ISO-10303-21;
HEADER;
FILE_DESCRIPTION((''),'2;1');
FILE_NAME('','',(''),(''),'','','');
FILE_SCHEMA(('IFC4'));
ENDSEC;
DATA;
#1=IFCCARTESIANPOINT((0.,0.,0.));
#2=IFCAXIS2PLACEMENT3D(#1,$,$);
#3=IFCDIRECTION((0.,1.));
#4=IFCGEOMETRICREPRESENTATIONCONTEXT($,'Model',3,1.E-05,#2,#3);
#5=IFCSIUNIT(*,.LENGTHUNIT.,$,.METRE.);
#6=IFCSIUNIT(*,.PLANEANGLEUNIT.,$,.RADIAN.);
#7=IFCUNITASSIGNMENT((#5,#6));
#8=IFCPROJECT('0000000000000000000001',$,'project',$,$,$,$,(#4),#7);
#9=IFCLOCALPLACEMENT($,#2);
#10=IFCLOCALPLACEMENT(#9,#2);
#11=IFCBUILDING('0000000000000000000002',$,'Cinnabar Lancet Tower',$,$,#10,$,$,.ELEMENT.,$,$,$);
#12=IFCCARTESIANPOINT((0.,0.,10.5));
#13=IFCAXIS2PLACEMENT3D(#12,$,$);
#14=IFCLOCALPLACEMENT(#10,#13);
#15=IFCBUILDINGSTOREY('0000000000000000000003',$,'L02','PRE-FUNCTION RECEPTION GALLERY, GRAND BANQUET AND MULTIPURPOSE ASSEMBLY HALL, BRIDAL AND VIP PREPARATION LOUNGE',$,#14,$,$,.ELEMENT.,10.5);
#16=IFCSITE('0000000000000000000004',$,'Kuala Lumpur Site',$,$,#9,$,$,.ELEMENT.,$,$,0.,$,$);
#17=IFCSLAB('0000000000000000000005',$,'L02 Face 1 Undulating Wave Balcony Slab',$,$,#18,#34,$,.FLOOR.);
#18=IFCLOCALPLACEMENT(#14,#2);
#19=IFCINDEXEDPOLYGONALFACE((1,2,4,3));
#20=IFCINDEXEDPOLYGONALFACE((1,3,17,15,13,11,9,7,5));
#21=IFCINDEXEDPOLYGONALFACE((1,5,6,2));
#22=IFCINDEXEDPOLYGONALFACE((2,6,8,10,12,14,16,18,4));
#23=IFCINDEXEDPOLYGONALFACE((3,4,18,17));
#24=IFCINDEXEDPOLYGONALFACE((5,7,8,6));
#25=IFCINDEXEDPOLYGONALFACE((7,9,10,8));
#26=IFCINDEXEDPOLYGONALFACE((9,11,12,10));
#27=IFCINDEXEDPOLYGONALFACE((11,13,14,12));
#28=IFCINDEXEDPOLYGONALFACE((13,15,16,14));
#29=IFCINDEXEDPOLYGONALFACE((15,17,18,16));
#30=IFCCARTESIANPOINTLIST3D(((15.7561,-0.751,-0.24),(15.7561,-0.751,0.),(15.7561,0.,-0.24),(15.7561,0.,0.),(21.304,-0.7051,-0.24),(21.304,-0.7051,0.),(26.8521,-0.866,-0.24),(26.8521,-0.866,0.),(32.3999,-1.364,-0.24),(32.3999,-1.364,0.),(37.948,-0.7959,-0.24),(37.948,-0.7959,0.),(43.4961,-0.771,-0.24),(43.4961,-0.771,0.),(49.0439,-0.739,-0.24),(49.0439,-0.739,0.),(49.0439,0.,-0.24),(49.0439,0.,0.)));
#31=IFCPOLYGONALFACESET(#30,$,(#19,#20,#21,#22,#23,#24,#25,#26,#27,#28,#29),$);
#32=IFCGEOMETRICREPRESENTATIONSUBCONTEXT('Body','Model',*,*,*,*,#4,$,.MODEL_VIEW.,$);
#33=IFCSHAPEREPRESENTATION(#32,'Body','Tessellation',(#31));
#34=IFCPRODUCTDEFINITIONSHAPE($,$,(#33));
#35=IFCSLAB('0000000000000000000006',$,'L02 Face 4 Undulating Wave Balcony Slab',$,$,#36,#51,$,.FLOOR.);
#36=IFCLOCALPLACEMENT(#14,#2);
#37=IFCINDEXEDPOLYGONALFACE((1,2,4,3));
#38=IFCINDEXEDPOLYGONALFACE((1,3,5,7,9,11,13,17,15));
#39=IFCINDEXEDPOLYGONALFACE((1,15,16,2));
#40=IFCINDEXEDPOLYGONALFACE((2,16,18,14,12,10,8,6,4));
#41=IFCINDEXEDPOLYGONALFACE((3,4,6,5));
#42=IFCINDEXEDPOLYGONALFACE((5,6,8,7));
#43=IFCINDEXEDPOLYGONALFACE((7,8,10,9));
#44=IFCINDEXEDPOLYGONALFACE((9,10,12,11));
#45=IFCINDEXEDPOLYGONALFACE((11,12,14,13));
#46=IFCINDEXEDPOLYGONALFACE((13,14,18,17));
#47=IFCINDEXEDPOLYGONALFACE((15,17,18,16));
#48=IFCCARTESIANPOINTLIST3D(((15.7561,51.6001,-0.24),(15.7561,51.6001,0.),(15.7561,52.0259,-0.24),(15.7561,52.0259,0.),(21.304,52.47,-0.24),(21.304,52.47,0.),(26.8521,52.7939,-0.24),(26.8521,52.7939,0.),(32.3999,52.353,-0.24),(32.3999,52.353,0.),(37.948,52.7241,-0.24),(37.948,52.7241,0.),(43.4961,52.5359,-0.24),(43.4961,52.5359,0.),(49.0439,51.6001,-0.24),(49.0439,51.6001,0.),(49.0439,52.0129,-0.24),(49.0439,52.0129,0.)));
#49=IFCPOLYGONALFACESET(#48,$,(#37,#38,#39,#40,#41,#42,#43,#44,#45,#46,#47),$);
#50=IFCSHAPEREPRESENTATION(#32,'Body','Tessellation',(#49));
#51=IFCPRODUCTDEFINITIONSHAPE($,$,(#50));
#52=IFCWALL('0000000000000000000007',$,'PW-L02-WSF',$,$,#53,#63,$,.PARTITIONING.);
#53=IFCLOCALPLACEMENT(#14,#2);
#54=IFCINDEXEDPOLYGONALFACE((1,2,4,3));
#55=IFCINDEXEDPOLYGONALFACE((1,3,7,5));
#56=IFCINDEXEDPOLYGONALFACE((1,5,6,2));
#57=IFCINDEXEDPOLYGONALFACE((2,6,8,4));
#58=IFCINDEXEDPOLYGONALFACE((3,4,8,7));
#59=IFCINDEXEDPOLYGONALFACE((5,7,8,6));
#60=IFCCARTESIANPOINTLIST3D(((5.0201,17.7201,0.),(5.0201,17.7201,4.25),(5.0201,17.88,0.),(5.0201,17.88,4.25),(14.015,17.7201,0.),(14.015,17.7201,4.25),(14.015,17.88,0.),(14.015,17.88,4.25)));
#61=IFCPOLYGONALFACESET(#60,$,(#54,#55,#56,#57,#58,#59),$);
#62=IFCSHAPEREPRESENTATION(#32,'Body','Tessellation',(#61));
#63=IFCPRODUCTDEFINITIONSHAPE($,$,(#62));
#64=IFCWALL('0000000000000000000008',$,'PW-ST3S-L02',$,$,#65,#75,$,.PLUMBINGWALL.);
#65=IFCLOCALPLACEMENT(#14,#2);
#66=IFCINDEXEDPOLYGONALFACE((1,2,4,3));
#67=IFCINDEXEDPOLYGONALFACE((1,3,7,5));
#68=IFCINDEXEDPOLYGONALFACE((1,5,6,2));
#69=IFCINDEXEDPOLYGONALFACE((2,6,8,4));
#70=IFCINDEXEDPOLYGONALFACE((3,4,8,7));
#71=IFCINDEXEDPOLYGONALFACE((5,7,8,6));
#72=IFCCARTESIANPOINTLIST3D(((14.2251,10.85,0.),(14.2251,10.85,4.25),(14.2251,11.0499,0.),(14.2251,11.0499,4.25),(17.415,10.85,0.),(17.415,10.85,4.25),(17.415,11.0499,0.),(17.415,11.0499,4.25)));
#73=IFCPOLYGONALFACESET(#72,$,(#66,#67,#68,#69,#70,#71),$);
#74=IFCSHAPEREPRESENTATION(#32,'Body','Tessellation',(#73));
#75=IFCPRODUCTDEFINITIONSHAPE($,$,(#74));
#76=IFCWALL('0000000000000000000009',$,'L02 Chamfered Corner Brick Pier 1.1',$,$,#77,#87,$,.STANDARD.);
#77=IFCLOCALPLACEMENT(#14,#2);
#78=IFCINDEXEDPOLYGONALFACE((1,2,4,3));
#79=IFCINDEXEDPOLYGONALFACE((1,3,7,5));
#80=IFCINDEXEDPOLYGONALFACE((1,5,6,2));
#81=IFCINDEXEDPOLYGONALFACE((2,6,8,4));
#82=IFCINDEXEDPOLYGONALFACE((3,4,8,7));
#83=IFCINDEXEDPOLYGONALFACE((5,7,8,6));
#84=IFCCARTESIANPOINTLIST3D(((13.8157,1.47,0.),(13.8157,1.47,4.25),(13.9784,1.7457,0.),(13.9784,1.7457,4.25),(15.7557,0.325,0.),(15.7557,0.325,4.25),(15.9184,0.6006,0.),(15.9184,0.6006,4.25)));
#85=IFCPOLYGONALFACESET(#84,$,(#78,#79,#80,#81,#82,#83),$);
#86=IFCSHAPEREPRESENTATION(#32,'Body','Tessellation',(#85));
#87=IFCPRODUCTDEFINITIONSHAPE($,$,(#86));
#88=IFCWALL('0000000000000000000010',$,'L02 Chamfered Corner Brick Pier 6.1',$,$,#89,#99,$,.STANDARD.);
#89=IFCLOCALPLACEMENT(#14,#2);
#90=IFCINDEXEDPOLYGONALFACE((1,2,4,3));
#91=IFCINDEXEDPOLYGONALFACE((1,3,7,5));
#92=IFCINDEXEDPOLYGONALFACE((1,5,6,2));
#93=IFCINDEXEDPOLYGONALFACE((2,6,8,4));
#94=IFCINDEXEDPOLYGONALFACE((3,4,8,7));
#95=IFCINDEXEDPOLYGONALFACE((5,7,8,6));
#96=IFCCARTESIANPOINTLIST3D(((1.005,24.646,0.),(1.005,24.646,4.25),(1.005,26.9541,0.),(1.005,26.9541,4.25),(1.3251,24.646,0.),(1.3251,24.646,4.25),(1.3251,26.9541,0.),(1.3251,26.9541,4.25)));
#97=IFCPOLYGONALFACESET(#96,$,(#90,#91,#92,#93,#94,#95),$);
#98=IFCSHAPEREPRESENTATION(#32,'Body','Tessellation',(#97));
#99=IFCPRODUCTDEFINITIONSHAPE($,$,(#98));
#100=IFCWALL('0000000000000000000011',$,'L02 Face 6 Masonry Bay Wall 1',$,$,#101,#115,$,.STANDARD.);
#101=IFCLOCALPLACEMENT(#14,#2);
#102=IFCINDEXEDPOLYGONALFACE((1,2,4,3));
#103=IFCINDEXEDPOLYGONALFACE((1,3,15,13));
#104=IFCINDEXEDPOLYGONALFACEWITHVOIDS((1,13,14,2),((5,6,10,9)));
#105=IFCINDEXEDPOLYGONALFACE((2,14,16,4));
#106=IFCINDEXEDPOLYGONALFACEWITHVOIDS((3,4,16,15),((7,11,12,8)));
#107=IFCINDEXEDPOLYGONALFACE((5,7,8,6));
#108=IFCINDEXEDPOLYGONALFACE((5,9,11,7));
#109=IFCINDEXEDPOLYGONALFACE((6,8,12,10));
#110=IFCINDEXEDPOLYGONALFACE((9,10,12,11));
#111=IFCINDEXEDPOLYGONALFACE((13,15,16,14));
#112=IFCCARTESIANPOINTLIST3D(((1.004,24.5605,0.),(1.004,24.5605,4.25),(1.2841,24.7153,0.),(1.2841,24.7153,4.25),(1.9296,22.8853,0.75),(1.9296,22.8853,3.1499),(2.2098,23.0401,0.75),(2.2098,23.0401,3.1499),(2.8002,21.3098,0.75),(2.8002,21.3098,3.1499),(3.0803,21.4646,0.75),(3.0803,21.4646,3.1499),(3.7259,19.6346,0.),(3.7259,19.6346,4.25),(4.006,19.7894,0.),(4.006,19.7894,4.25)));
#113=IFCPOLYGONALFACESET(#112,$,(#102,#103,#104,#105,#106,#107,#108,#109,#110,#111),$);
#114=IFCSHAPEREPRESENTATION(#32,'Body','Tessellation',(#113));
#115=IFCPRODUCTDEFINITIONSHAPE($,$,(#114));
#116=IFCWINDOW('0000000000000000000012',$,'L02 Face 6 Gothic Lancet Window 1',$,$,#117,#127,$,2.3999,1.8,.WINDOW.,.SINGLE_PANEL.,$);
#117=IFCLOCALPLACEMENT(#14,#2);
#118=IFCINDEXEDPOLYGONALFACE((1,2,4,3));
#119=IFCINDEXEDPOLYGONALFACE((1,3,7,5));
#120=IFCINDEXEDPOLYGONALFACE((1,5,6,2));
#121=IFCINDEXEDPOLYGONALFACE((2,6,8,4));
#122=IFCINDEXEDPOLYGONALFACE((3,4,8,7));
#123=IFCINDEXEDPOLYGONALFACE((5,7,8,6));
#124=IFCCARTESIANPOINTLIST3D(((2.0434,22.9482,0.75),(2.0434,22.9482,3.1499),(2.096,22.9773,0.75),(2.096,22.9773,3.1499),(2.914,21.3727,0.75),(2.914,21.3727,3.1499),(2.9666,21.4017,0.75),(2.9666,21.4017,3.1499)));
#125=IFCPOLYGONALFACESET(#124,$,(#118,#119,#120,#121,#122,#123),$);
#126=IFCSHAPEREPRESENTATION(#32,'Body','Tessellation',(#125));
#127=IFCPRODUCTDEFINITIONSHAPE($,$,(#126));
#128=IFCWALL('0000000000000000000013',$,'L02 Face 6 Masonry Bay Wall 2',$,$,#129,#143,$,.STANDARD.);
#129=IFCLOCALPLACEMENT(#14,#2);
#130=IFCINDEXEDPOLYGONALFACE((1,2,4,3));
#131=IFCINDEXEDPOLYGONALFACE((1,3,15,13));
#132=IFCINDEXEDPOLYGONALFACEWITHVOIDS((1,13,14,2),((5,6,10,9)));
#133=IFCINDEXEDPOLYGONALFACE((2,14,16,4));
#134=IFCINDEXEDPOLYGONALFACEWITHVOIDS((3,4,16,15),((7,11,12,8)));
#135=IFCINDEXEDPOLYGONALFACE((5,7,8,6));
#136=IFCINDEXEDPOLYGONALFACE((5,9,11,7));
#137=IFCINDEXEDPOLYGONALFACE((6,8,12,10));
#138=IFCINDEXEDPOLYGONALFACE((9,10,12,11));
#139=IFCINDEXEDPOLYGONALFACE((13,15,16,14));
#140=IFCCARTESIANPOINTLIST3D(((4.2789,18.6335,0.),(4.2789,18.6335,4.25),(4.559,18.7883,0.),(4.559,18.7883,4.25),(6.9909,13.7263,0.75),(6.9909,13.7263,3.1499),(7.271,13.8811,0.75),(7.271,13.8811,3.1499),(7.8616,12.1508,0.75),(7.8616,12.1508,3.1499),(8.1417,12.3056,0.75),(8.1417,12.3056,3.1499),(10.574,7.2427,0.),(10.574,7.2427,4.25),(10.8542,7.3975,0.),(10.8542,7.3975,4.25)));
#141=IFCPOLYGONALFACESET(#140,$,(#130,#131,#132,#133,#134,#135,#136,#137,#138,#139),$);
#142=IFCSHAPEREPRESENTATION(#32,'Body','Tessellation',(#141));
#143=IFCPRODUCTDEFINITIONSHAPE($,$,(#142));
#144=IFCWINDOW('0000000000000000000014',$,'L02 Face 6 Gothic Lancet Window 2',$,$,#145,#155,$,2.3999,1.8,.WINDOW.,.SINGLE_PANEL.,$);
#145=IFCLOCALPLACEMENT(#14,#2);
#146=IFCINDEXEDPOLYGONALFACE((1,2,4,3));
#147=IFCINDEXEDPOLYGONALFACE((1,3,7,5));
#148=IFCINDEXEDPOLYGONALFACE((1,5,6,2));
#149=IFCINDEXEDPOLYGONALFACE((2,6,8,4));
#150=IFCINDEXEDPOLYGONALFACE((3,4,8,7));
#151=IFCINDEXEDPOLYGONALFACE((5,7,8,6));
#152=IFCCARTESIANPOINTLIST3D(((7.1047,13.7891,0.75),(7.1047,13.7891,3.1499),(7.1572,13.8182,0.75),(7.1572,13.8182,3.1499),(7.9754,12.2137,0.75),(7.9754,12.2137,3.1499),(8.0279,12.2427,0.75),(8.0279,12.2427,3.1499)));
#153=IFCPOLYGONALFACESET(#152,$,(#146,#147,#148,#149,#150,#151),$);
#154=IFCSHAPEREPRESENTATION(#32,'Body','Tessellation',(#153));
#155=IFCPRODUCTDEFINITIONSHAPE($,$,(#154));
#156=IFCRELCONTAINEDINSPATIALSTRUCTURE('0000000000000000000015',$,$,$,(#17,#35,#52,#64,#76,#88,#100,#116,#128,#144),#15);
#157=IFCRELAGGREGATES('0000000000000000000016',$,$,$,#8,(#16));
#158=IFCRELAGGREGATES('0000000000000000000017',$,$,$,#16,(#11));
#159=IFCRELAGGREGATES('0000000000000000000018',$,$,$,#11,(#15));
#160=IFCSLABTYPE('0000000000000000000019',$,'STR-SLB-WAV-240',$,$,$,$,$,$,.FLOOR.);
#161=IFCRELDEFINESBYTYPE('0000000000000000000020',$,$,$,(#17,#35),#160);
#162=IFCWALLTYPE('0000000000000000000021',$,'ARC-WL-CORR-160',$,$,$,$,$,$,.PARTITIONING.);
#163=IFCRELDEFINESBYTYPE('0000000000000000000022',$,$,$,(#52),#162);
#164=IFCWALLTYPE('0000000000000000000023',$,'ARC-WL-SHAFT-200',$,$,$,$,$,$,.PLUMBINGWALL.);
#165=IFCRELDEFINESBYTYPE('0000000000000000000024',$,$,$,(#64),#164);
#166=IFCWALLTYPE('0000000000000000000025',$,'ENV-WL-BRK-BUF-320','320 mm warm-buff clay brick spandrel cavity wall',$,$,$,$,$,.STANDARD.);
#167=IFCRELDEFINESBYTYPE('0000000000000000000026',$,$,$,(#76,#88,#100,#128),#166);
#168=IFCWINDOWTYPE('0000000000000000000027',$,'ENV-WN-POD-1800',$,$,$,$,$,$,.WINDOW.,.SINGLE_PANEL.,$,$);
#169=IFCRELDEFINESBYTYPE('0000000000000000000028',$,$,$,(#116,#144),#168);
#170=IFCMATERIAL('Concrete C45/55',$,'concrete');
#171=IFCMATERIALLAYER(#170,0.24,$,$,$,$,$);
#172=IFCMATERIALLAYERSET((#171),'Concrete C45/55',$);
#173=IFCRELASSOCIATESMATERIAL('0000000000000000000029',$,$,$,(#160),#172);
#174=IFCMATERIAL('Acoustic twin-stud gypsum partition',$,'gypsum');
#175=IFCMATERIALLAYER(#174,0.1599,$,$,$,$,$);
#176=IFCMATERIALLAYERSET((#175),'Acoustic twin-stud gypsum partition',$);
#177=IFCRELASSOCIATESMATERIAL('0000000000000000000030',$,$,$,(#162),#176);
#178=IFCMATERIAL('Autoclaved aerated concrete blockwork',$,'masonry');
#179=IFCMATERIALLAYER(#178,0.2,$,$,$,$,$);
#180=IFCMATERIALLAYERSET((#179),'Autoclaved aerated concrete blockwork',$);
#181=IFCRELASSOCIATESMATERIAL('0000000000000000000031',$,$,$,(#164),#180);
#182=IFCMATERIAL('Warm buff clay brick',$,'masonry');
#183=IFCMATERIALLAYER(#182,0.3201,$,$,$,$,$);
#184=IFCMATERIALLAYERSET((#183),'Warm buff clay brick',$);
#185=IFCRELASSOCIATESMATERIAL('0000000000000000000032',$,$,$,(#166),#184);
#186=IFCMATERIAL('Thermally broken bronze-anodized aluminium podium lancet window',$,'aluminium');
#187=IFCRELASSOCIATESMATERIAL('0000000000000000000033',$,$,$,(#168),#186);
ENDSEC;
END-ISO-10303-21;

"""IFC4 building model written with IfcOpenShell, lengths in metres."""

from ifc_helpers import new_model, si_unit, direction, frame, frame_2d, origin, place, context, subcontext, project, spatial, polyline, rectangle, outline, extrude, material, layer, layer_set, type_object, element, fill, save


model = new_model("IFC4")

# Units and contexts
model_context = context("Model", 3, precision=1e-05, world=origin(), true_north=direction((0.0, 1.0)))
body_context = subcontext(model_context, "Body", "Model", "MODEL_VIEW")
ifc_project = project(units=[si_unit("LENGTHUNIT", "METRE"), si_unit("PLANEANGLEUNIT", "RADIAN")], contexts=[model_context])

# Site, building, storey
site_placement = place(None, origin())
site = spatial("IfcSite", under=ifc_project, at=site_placement, Name="Kuala Lumpur Site", CompositionType="ELEMENT", RefElevation=0.0)
building_placement = place(site_placement, origin())
building = spatial("IfcBuilding", under=site, at=building_placement, Name="Cinnabar Lancet Tower", CompositionType="ELEMENT")
storey_placement = place(building_placement, frame((0.0, 0.0, 10.5)))
storey = spatial("IfcBuildingStorey", under=building, at=storey_placement, Name="L02", Description="PRE-FUNCTION RECEPTION GALLERY, GRAND BANQUET AND MULTIPURPOSE ASSEMBLY HALL, BRIDAL AND VIP PREPARATION LOUNGE", CompositionType="ELEMENT", Elevation=10.5)

# Slabs
ifc_material_1 = material(Name="Concrete C45/55", Category="concrete")
ifc_layer_1 = layer(ifc_material_1, 0.24)
ifc_layer_set_1 = layer_set([ifc_layer_1], Name="Concrete C45/55")
slab_type_1 = type_object("IfcSlabType", Name="STR-SLB-WAV-240", PredefinedType="FLOOR", material=ifc_layer_set_1)
slab_1_placement = place(storey_placement, frame((0.0, 0.0, -0.24)))
element("IfcSlab", 1, at=slab_1_placement, inside=storey, type_object=slab_type_1, Name="L02 Face 1 Undulating Wave Balcony Slab", PredefinedType="FLOOR", context=body_context, shape_type="SweptSolid", body=[
    extrude(outline(polyline([(15.7561, 0.0), (15.7561, -0.751), (21.304, -0.7051), (26.8521, -0.866), (32.3999, -1.364), (37.948, -0.7959), (43.4961, -0.771), (49.0439, -0.739), (49.0439, 0.0), (15.7561, 0.0)])), origin(), (0.0, 0.0, 1.0), 0.24),
])
slab_2_placement = place(storey_placement, frame((0.0, 0.0, -0.24)))
element("IfcSlab", 2, at=slab_2_placement, inside=storey, type_object=slab_type_1, Name="L02 Face 4 Undulating Wave Balcony Slab", PredefinedType="FLOOR", context=body_context, shape_type="SweptSolid", body=[
    extrude(outline(polyline([(49.0439, 51.6001), (49.0439, 52.0129), (43.4961, 52.5359), (37.948, 52.7241), (32.3999, 52.353), (26.8521, 52.7939), (21.304, 52.47), (15.7561, 52.0259), (15.7561, 51.6001), (49.0439, 51.6001)])), origin(), (0.0, 0.0, 1.0), 0.24),
])

# Walls
ifc_material_2 = material(Name="Acoustic twin-stud gypsum partition", Category="gypsum")
ifc_layer_2 = layer(ifc_material_2, 0.1599)
ifc_layer_set_2 = layer_set([ifc_layer_2], Name="Acoustic twin-stud gypsum partition")
wall_type_1 = type_object("IfcWallType", Name="ARC-WL-CORR-160", PredefinedType="PARTITIONING", material=ifc_layer_set_2)
wall_1_placement = place(storey_placement, frame((5.02, 17.8, 0.0), z_axis=(0.0, 0.0, 1.0), x_axis=(1.0, 0.0, 0.0)))
element("IfcWall", 3, at=wall_1_placement, inside=storey, type_object=wall_type_1, Name="PW-L02-WSF", PredefinedType="PARTITIONING", context=body_context, shape_type="SweptSolid", body=[
    extrude(rectangle(XDim=8.9949, YDim=0.1599, at=frame_2d((4.4976, 0.0))), origin(), (0.0, 0.0, 1.0), 4.25),
])
ifc_material_3 = material(Name="Autoclaved aerated concrete blockwork", Category="masonry")
ifc_layer_3 = layer(ifc_material_3, 0.2)
ifc_layer_set_3 = layer_set([ifc_layer_3], Name="Autoclaved aerated concrete blockwork")
wall_type_2 = type_object("IfcWallType", Name="ARC-WL-SHAFT-200", PredefinedType="PLUMBINGWALL", material=ifc_layer_set_3)
wall_2_placement = place(storey_placement, frame((14.2251, 10.95, 0.0), z_axis=(0.0, 0.0, 1.0), x_axis=(1.0, 0.0, 0.0)))
element("IfcWall", 4, at=wall_2_placement, inside=storey, type_object=wall_type_2, Name="PW-ST3S-L02", PredefinedType="PLUMBINGWALL", context=body_context, shape_type="SweptSolid", body=[
    extrude(rectangle(XDim=3.1899, YDim=0.2, at=frame_2d((1.595, 0.0))), origin(), (0.0, 0.0, 1.0), 4.25),
])

# Walls
ifc_material_4 = material(Name="Warm buff clay brick", Category="masonry")
ifc_layer_4 = layer(ifc_material_4, 0.3201)
ifc_layer_set_4 = layer_set([ifc_layer_4], Name="Warm buff clay brick")
wall_type_3 = type_object("IfcWallType", Name="ENV-WL-BRK-BUF-320", Description="320 mm warm-buff clay brick spandrel cavity wall", PredefinedType="STANDARD", material=ifc_layer_set_4)
wall_3_placement = place(storey_placement, frame((13.897, 1.6079, 0.0), z_axis=(0.0, 0.0, 1.0), x_axis=(0.861181, -0.508298, 0.0)))
element("IfcWall", 5, at=wall_3_placement, inside=storey, type_object=wall_type_3, Name="L02 Chamfered Corner Brick Pier 1.1", PredefinedType="STANDARD", context=body_context, shape_type="SweptSolid", body=[
    extrude(rectangle(XDim=2.2527, YDim=0.3201, at=frame_2d((1.1265, 0.0))), origin(), (0.0, 0.0, 1.0), 4.25),
])
wall_4_placement = place(storey_placement, frame((1.165, 26.9541, 0.0), z_axis=(0.0, 0.0, 1.0), x_axis=(0.0, -1.0, 0.0)))
element("IfcWall", 6, at=wall_4_placement, inside=storey, type_object=wall_type_3, Name="L02 Chamfered Corner Brick Pier 6.1", PredefinedType="STANDARD", context=body_context, shape_type="SweptSolid", body=[
    extrude(rectangle(XDim=2.3081, YDim=0.3201, at=frame_2d((1.1541, 0.0))), origin(), (0.0, 0.0, 1.0), 4.25),
])

# Walls, openings, windows
wall_5_placement = place(storey_placement, frame((1.144, 24.6379, 0.0), z_axis=(0.0, 0.0, 1.0), x_axis=(0.483638, -0.875268, 0.0)))
wall_5 = element("IfcWall", 7, at=wall_5_placement, inside=storey, type_object=wall_type_3, Name="L02 Face 6 Masonry Bay Wall 1", PredefinedType="STANDARD", context=body_context, shape_type="SweptSolid", body=[
    extrude(rectangle(XDim=5.6279, YDim=0.3201, at=frame_2d((2.814, 0.0))), origin(), (0.0, 0.0, 1.0), 4.25),
])
opening_1_placement = place(wall_5_placement, frame((1.9141, 0.0, 0.75)))
opening_1 = element("IfcOpeningElement", 8, at=opening_1_placement, cuts=wall_5, PredefinedType="OPENING", context=body_context, shape_type="SweptSolid", body=[
    extrude(rectangle(XDim=1.8, YDim=2.3999, at=frame_2d((0.8999, 1.2))), frame((0.0, 0.1699, 0.0), z_axis=(0.0, -1.0, 0.0), x_axis=(1.0, 0.0, 0.0)), (0.0, 0.0, 1.0), 0.3401),
])
ifc_material_5 = material(Name="Thermally broken bronze-anodized aluminium podium lancet window", Category="aluminium")
window_type = type_object("IfcWindowType", Name="ENV-WN-POD-1800", PartitioningType="SINGLE_PANEL", PredefinedType="WINDOW", material=ifc_material_5)
window_1_placement = place(opening_1_placement, origin())
window_1 = element("IfcWindow", 9, at=window_1_placement, inside=storey, type_object=window_type, Name="L02 Face 6 Gothic Lancet Window 1", OverallHeight=2.3999, OverallWidth=1.8, PartitioningType="SINGLE_PANEL", PredefinedType="WINDOW", context=body_context, shape_type="SweptSolid", body=[
    extrude(rectangle(XDim=1.8, YDim=2.3999, at=frame_2d((0.8999, 1.2))), frame((0.0, 0.03, 0.0), z_axis=(0.0, -1.0, 0.0), x_axis=(1.0, 0.0, 0.0)), (0.0, 0.0, 1.0), 0.0601),
])
fill(opening_1, window_1)
wall_6_placement = place(storey_placement, frame((4.4189, 18.7109, 0.0), z_axis=(0.0, 0.0, 1.0), x_axis=(0.483699, -0.875235, 0.0)))
wall_6 = element("IfcWall", 10, at=wall_6_placement, inside=storey, type_object=wall_type_3, Name="L02 Face 6 Masonry Bay Wall 2", PredefinedType="STANDARD", context=body_context, shape_type="SweptSolid", body=[
    extrude(rectangle(XDim=13.0146, YDim=0.3201, at=frame_2d((6.5073, 0.0))), origin(), (0.0, 0.0, 1.0), 4.25),
])
opening_2_placement = place(wall_6_placement, frame((5.6069, 0.0, 0.75)))
opening_2 = element("IfcOpeningElement", 11, at=opening_2_placement, cuts=wall_6, PredefinedType="OPENING", context=body_context, shape_type="SweptSolid", body=[
    extrude(rectangle(XDim=1.8, YDim=2.3999, at=frame_2d((0.8999, 1.2))), frame((0.0, 0.1699, 0.0), z_axis=(0.0, -1.0, 0.0), x_axis=(1.0, 0.0, 0.0)), (0.0, 0.0, 1.0), 0.3401),
])
window_2_placement = place(opening_2_placement, origin())
window_2 = element("IfcWindow", 12, at=window_2_placement, inside=storey, type_object=window_type, Name="L02 Face 6 Gothic Lancet Window 2", OverallHeight=2.3999, OverallWidth=1.8, PartitioningType="SINGLE_PANEL", PredefinedType="WINDOW", context=body_context, shape_type="SweptSolid", body=[
    extrude(rectangle(XDim=1.8, YDim=2.3999, at=frame_2d((0.8999, 1.2))), frame((0.0, 0.03, 0.0), z_axis=(0.0, -1.0, 0.0), x_axis=(1.0, 0.0, 0.0)), (0.0, 0.0, 1.0), 0.0601),
])
fill(opening_2, window_2)

save(model, "model.ifc")
